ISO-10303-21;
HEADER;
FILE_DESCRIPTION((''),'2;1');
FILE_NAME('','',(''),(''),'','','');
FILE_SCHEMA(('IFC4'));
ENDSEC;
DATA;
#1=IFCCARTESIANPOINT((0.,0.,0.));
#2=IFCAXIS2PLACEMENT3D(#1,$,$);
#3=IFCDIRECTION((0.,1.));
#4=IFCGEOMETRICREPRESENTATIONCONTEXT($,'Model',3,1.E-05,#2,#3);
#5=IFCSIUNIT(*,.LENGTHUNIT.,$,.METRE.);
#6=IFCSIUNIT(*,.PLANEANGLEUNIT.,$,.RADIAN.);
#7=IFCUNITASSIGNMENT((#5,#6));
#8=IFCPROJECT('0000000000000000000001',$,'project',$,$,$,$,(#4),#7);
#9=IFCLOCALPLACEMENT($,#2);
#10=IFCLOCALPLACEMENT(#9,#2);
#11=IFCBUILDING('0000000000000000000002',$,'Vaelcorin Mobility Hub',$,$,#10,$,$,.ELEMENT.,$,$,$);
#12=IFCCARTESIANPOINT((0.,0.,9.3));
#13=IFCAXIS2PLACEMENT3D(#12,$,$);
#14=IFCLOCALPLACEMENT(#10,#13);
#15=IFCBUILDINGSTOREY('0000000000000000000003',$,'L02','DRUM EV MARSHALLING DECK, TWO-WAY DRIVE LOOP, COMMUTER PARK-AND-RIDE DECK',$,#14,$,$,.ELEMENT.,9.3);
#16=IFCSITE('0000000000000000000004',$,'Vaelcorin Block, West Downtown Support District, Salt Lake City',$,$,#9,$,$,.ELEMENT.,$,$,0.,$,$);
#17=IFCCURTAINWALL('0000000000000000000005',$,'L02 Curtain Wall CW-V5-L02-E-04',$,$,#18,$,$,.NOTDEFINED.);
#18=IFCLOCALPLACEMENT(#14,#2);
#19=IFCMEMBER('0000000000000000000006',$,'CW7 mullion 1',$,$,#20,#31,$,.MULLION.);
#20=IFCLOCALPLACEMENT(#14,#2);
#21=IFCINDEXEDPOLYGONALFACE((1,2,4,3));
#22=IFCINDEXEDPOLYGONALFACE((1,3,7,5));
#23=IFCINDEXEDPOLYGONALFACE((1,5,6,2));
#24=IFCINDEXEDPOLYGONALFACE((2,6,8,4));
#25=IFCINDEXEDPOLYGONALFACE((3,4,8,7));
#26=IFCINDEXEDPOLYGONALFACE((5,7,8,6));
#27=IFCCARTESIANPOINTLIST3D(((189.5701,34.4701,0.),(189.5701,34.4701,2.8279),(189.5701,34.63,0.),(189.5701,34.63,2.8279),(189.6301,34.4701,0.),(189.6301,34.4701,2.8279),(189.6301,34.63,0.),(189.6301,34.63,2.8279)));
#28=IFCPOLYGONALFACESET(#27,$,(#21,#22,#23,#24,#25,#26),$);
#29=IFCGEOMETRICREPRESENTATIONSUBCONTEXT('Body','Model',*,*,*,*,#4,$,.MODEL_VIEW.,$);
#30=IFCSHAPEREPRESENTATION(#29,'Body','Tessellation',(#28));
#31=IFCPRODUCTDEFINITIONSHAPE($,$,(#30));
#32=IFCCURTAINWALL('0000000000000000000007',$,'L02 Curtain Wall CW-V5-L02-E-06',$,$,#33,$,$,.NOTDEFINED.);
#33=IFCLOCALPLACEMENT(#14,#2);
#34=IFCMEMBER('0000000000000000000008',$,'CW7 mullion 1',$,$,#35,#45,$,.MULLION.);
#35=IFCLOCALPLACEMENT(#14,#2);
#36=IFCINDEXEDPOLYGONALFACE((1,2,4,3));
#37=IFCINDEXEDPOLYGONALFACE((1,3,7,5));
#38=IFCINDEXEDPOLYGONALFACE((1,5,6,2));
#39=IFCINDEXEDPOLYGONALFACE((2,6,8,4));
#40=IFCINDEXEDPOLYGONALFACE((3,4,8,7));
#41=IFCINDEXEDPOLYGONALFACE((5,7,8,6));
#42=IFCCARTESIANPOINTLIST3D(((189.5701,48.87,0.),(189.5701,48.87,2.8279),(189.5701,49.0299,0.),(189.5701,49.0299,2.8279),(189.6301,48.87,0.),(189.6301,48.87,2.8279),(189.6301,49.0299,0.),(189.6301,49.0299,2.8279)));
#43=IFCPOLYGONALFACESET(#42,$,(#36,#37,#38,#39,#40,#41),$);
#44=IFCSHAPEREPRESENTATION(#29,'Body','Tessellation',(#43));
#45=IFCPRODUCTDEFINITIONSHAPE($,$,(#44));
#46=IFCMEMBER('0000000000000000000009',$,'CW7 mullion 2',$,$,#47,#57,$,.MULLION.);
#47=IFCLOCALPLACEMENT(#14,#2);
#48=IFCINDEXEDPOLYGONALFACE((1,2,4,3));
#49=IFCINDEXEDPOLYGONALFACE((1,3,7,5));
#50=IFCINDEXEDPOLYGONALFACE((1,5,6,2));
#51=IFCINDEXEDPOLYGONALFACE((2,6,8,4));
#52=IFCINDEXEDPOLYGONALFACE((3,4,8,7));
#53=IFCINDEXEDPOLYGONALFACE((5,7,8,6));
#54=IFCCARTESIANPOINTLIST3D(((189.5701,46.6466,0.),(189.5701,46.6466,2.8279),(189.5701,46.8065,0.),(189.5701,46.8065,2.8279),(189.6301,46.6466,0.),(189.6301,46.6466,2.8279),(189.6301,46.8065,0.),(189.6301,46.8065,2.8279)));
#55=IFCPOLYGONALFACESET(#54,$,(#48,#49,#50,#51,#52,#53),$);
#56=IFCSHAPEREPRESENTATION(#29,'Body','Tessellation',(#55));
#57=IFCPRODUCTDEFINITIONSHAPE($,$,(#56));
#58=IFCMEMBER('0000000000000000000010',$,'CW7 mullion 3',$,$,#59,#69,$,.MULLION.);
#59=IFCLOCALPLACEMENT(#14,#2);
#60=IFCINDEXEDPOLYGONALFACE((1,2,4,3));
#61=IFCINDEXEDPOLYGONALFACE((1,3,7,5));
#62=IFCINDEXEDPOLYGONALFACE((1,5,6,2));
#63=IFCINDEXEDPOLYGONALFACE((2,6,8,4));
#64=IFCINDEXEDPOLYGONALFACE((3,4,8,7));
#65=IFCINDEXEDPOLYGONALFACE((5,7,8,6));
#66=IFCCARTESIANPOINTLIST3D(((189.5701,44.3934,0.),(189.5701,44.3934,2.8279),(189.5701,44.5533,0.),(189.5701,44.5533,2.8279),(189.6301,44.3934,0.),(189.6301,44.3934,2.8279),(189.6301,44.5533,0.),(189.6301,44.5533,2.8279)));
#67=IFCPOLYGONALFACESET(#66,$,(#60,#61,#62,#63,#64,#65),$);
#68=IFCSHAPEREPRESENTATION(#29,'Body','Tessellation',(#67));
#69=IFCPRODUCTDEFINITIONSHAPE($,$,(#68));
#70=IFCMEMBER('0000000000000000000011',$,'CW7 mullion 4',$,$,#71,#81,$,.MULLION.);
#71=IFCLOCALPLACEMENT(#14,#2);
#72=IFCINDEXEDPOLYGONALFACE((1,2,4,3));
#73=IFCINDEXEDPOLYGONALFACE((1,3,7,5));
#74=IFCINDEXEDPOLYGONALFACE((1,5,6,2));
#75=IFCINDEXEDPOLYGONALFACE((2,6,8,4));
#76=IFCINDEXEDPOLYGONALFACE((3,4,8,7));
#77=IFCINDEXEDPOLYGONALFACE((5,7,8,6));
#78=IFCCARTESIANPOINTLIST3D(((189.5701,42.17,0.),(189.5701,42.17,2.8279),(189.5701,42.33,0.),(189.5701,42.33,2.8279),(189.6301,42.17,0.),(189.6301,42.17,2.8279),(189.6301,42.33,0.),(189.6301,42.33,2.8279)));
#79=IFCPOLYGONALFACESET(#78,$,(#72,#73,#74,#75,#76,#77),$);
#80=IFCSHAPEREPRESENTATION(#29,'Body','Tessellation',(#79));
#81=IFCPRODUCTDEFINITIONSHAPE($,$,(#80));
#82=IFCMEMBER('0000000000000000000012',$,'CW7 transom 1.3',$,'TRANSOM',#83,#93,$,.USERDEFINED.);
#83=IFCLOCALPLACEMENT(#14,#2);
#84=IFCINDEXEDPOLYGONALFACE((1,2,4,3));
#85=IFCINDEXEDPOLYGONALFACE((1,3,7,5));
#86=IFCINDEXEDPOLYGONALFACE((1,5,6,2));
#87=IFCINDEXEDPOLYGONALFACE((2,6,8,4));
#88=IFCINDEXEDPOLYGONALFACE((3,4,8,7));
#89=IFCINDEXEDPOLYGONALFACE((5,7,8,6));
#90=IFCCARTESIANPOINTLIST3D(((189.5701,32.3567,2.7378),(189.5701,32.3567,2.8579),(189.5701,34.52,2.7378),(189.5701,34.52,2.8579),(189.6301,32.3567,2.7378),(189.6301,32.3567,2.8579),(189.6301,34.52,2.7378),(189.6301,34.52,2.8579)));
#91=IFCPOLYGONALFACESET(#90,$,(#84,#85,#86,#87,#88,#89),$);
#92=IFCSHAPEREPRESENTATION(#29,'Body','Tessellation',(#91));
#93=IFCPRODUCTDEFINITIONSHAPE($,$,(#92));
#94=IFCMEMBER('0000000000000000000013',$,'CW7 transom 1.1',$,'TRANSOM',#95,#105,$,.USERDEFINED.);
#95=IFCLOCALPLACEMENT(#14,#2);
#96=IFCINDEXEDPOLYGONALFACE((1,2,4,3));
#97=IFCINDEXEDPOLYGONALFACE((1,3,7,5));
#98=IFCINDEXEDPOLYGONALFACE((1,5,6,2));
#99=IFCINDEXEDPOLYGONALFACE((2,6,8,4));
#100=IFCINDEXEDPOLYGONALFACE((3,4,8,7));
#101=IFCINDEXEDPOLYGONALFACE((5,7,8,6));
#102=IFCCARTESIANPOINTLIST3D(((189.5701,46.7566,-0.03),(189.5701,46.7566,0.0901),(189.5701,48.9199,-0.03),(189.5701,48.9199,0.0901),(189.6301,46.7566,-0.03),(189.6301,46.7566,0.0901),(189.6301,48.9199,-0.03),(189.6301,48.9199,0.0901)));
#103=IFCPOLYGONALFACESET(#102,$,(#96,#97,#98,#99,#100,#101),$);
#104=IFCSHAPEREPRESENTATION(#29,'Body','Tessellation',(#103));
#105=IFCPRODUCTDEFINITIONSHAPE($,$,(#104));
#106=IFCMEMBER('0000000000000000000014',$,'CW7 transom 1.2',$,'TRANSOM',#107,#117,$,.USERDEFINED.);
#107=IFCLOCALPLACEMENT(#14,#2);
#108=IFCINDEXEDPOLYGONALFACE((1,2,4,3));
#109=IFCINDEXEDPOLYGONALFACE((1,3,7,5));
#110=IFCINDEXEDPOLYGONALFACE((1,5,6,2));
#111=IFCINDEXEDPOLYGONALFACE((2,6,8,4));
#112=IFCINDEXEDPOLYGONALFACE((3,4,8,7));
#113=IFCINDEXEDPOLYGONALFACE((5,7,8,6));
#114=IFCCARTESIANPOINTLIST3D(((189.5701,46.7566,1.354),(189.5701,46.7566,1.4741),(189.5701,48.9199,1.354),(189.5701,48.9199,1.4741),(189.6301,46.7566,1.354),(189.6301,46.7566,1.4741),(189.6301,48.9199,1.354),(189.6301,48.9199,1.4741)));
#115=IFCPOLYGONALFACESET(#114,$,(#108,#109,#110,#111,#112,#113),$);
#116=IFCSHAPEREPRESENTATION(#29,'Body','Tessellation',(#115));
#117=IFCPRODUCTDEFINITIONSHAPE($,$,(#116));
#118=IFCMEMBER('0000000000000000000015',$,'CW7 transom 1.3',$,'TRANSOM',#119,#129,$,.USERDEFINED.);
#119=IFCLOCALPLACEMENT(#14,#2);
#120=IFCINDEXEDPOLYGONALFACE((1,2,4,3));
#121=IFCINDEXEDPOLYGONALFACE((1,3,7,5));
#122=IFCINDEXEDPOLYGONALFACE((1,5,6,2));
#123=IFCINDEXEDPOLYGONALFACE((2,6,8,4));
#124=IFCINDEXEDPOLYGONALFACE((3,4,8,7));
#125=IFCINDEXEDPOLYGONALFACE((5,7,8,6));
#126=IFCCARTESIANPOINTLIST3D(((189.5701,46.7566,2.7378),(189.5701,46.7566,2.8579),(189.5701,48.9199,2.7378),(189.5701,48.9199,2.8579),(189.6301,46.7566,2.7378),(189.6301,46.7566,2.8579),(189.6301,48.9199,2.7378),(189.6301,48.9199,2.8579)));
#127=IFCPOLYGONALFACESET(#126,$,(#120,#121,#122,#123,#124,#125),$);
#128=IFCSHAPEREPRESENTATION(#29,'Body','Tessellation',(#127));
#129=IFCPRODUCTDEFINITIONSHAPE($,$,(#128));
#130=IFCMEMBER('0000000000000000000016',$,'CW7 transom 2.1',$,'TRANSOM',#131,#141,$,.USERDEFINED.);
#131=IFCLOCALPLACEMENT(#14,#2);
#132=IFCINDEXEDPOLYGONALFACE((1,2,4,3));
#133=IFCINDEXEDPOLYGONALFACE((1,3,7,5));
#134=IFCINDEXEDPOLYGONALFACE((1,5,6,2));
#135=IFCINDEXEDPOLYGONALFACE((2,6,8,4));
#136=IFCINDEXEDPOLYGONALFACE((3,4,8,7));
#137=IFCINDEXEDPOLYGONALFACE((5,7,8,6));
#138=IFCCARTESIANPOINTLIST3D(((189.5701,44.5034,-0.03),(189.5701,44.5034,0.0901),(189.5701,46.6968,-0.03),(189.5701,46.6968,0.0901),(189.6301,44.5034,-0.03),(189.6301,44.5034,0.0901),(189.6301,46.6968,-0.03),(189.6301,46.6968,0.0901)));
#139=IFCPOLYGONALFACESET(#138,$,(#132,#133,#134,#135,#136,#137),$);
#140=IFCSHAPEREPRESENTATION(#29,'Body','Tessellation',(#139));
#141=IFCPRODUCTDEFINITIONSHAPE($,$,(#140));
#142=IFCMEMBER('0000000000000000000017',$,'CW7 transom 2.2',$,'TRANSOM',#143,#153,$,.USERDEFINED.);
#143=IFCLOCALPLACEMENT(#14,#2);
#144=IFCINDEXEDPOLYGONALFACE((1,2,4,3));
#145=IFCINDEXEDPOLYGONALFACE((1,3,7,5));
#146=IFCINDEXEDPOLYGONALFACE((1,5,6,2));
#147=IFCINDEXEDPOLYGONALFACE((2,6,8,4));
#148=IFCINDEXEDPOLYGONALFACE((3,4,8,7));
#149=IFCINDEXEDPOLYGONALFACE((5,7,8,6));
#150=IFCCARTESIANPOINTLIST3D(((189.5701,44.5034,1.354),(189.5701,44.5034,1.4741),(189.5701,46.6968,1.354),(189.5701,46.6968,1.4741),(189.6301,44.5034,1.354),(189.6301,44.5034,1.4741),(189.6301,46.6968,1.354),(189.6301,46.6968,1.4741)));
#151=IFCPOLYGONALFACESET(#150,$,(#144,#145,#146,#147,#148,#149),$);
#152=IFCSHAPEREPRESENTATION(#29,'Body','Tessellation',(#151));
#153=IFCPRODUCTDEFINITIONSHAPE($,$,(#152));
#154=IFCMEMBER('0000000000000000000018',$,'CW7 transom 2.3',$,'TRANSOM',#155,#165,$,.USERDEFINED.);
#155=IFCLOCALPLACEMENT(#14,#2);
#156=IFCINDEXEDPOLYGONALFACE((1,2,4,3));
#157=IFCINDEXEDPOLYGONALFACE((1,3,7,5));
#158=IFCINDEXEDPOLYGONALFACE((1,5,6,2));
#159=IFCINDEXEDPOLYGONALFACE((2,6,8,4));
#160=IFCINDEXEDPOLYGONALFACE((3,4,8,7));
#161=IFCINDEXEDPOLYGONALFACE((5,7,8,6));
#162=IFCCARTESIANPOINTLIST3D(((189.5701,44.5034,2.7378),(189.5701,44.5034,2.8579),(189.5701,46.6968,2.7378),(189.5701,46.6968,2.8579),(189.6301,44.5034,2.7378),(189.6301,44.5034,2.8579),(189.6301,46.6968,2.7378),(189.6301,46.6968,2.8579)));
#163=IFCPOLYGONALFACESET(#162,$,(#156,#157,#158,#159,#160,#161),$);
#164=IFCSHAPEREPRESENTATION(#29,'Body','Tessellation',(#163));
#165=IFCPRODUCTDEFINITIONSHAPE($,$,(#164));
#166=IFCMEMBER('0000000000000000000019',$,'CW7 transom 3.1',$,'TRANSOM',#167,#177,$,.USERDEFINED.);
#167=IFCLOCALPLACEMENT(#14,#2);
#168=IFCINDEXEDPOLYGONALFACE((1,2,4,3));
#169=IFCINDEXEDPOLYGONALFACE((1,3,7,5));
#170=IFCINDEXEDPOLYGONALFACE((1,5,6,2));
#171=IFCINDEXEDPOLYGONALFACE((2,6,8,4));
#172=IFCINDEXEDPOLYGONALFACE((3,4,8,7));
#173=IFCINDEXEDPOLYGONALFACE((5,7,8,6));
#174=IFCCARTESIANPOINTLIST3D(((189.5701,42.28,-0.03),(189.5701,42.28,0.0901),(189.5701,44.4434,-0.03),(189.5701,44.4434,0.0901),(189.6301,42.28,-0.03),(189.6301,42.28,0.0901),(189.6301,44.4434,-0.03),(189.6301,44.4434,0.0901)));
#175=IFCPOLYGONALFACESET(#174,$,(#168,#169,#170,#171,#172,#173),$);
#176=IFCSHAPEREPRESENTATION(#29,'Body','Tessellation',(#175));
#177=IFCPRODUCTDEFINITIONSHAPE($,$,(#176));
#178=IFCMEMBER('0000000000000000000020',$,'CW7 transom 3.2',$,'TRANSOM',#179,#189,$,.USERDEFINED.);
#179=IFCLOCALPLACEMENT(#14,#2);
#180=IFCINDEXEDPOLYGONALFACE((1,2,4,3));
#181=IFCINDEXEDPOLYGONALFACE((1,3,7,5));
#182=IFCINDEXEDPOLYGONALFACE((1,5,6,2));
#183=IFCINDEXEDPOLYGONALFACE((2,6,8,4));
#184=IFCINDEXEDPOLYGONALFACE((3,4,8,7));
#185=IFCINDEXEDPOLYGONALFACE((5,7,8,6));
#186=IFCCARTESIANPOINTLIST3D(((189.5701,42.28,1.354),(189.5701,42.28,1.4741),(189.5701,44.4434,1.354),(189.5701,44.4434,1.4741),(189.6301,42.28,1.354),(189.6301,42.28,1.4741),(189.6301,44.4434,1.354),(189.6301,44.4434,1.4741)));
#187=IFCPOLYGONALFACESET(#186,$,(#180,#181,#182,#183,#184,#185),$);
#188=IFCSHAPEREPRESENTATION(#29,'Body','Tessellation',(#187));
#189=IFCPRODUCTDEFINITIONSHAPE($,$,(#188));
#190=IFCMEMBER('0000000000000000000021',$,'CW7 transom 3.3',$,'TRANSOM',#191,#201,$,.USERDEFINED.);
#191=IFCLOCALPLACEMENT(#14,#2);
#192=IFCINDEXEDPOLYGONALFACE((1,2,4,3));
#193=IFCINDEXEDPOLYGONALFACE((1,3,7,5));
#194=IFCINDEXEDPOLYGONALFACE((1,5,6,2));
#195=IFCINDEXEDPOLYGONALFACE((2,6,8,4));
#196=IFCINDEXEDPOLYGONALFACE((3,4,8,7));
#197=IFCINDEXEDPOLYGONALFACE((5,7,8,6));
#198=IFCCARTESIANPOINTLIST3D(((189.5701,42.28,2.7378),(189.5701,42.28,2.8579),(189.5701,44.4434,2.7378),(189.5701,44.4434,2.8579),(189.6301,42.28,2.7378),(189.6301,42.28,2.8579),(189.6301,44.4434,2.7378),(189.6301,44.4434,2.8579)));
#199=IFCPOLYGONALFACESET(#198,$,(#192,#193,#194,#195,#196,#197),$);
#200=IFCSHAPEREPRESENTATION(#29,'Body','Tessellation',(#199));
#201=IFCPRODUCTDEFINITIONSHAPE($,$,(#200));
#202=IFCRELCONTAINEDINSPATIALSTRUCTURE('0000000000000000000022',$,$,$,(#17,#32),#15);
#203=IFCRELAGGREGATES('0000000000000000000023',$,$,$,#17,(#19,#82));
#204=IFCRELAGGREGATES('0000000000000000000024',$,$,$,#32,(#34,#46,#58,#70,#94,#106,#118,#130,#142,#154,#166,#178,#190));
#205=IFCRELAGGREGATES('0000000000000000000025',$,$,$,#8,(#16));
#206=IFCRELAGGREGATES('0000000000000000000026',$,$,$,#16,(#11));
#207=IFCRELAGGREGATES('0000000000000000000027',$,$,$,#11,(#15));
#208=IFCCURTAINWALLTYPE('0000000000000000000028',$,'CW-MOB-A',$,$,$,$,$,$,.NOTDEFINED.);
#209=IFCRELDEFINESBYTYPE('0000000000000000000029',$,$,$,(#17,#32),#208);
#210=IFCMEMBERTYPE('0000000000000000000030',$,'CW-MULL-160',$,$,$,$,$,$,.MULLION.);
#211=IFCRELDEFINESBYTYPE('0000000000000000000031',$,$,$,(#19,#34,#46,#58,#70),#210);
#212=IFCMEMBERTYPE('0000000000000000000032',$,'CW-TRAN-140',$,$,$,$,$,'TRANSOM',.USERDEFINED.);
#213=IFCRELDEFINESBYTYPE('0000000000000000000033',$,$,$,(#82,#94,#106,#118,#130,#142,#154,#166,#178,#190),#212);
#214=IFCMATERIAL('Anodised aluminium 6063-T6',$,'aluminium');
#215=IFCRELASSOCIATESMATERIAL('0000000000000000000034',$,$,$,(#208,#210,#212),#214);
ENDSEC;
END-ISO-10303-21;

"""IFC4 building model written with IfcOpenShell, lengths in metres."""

from ifc_helpers import new_model, si_unit, direction, frame, origin, origin_2d, place, context, subcontext, project, spatial, rectangle, extrude, material, material_profile, profile_set, type_object, element, aggregate, save


model = new_model("IFC4")

# Units and contexts
model_context = context("Model", 3, precision=1e-05, world=origin(), true_north=direction((0.0, 1.0)))
body_context = subcontext(model_context, "Body", "Model", "MODEL_VIEW")
ifc_project = project(units=[si_unit("LENGTHUNIT", "METRE"), si_unit("PLANEANGLEUNIT", "RADIAN")], contexts=[model_context])

# Site, building, storey
site_placement = place(None, origin())
site = spatial("IfcSite", under=ifc_project, at=site_placement, Name="Vaelcorin Block, West Downtown Support District, Salt Lake City", CompositionType="ELEMENT", RefElevation=0.0)
building_placement = place(site_placement, origin())
building = spatial("IfcBuilding", under=site, at=building_placement, Name="Vaelcorin Mobility Hub", CompositionType="ELEMENT")
storey_placement = place(building_placement, frame((0.0, 0.0, 9.3)))
storey = spatial("IfcBuildingStorey", under=building, at=storey_placement, Name="L02", Description="DRUM EV MARSHALLING DECK, TWO-WAY DRIVE LOOP, COMMUTER PARK-AND-RIDE DECK", CompositionType="ELEMENT", Elevation=9.3)

# Curtain wall, member
ifc_material_1 = material(Name="Anodised aluminium 6063-T6", Category="aluminium")
curtain_wall_type = type_object("IfcCurtainWallType", Name="CW-MOB-A", PredefinedType="NOTDEFINED", material=ifc_material_1)
curtain_wall_1_placement = place(storey_placement, origin())
curtain_wall_1 = element("IfcCurtainWall", 1, at=curtain_wall_1_placement, inside=storey, type_object=curtain_wall_type, Name="L02 Curtain Wall CW-V5-L02-E-04", PredefinedType="NOTDEFINED")
ifc_material_profile_1 = material_profile(ifc_material_1, rectangle(XDim=0.0601, YDim=0.1599, at=origin_2d()), Name="ALU-M60X160")
ifc_profile_set_1 = profile_set([ifc_material_profile_1], Name="Anodised aluminium 6063-T6")
member_type_1 = type_object("IfcMemberType", Name="CW-MULL-160", PredefinedType="MULLION", material=ifc_profile_set_1)
member_1_placement = place(storey_placement, frame((189.6001, 34.55, 0.0), z_axis=(0.0, 0.0, 1.0), x_axis=(1.0, 0.0, 0.0)))
member_1 = element("IfcMember", 2, at=member_1_placement, type_object=member_type_1, Name="CW7 mullion 1", PredefinedType="MULLION", context=body_context, shape_type="SweptSolid", body=[
    extrude(rectangle(XDim=0.0601, YDim=0.1599, at=origin_2d()), origin(), (0.0, 0.0, 1.0), 2.8279),
])

# Curtain wall, members
curtain_wall_2_placement = place(storey_placement, origin())
curtain_wall_2 = element("IfcCurtainWall", 3, at=curtain_wall_2_placement, inside=storey, type_object=curtain_wall_type, Name="L02 Curtain Wall CW-V5-L02-E-06", PredefinedType="NOTDEFINED")
member_2_placement = place(storey_placement, frame((189.6001, 48.95, 0.0), z_axis=(0.0, 0.0, 1.0), x_axis=(1.0, 0.0, 0.0)))
member_2 = element("IfcMember", 4, at=member_2_placement, type_object=member_type_1, Name="CW7 mullion 1", PredefinedType="MULLION", context=body_context, shape_type="SweptSolid", body=[
    extrude(rectangle(XDim=0.0601, YDim=0.1599, at=origin_2d()), origin(), (0.0, 0.0, 1.0), 2.8279),
])
member_3_placement = place(storey_placement, frame((189.6001, 46.7266, 0.0), z_axis=(0.0, 0.0, 1.0), x_axis=(1.0, 0.0, 0.0)))
member_3 = element("IfcMember", 5, at=member_3_placement, type_object=member_type_1, Name="CW7 mullion 2", PredefinedType="MULLION", context=body_context, shape_type="SweptSolid", body=[
    extrude(rectangle(XDim=0.0601, YDim=0.1599, at=origin_2d()), origin(), (0.0, 0.0, 1.0), 2.8279),
])
member_4_placement = place(storey_placement, frame((189.6001, 44.4734, 0.0), z_axis=(0.0, 0.0, 1.0), x_axis=(1.0, 0.0, 0.0)))
member_4 = element("IfcMember", 6, at=member_4_placement, type_object=member_type_1, Name="CW7 mullion 3", PredefinedType="MULLION", context=body_context, shape_type="SweptSolid", body=[
    extrude(rectangle(XDim=0.0601, YDim=0.1599, at=origin_2d()), origin(), (0.0, 0.0, 1.0), 2.8279),
])
member_5_placement = place(storey_placement, frame((189.6001, 42.25, 0.0), z_axis=(0.0, 0.0, 1.0), x_axis=(1.0, 0.0, 0.0)))
member_5 = element("IfcMember", 7, at=member_5_placement, type_object=member_type_1, Name="CW7 mullion 4", PredefinedType="MULLION", context=body_context, shape_type="SweptSolid", body=[
    extrude(rectangle(XDim=0.0601, YDim=0.1599, at=origin_2d()), origin(), (0.0, 0.0, 1.0), 2.8279),
])

# Members
ifc_material_profile_2 = material_profile(ifc_material_1, rectangle(XDim=0.0601, YDim=0.1201, at=origin_2d()), Name="ALU-T60X120")
ifc_profile_set_2 = profile_set([ifc_material_profile_2], Name="Anodised aluminium 6063-T6")
member_type_2 = type_object("IfcMemberType", Name="CW-TRAN-140", ElementType="TRANSOM", PredefinedType="USERDEFINED", material=ifc_profile_set_2)
member_6_placement = place(storey_placement, frame((189.6001, 34.52, 2.7979), z_axis=(0.0, -1.0, 0.0), x_axis=(1.0, 0.0, 0.0)))
member_6 = element("IfcMember", 8, at=member_6_placement, type_object=member_type_2, Name="CW7 transom 1.3", ObjectType="TRANSOM", PredefinedType="USERDEFINED", context=body_context, shape_type="SweptSolid", body=[
    extrude(rectangle(XDim=0.0601, YDim=0.1201, at=origin_2d()), origin(), (0.0, 0.0, 1.0), 2.1633),
])
aggregate(curtain_wall_1, [member_1, member_6])
member_7_placement = place(storey_placement, frame((189.6001, 48.9199, 0.03), z_axis=(0.0, -1.0, 0.0), x_axis=(1.0, 0.0, 0.0)))
member_7 = element("IfcMember", 9, at=member_7_placement, type_object=member_type_2, Name="CW7 transom 1.1", ObjectType="TRANSOM", PredefinedType="USERDEFINED", context=body_context, shape_type="SweptSolid", body=[
    extrude(rectangle(XDim=0.0601, YDim=0.1201, at=origin_2d()), origin(), (0.0, 0.0, 1.0), 2.1633),
])
member_8_placement = place(storey_placement, frame((189.6001, 48.9199, 1.4141), z_axis=(0.0, -1.0, 0.0), x_axis=(1.0, 0.0, 0.0)))
member_8 = element("IfcMember", 10, at=member_8_placement, type_object=member_type_2, Name="CW7 transom 1.2", ObjectType="TRANSOM", PredefinedType="USERDEFINED", context=body_context, shape_type="SweptSolid", body=[
    extrude(rectangle(XDim=0.0601, YDim=0.1201, at=origin_2d()), origin(), (0.0, 0.0, 1.0), 2.1633),
])
member_9_placement = place(storey_placement, frame((189.6001, 48.9199, 2.7979), z_axis=(0.0, -1.0, 0.0), x_axis=(1.0, 0.0, 0.0)))
member_9 = element("IfcMember", 11, at=member_9_placement, type_object=member_type_2, Name="CW7 transom 1.3", ObjectType="TRANSOM", PredefinedType="USERDEFINED", context=body_context, shape_type="SweptSolid", body=[
    extrude(rectangle(XDim=0.0601, YDim=0.1201, at=origin_2d()), origin(), (0.0, 0.0, 1.0), 2.1633),
])
member_10_placement = place(storey_placement, frame((189.6001, 46.6968, 0.03), z_axis=(0.0, -1.0, 0.0), x_axis=(1.0, 0.0, 0.0)))
member_10 = element("IfcMember", 12, at=member_10_placement, type_object=member_type_2, Name="CW7 transom 2.1", ObjectType="TRANSOM", PredefinedType="USERDEFINED", context=body_context, shape_type="SweptSolid", body=[
    extrude(rectangle(XDim=0.0601, YDim=0.1201, at=origin_2d()), origin(), (0.0, 0.0, 1.0), 2.1934),
])
member_11_placement = place(storey_placement, frame((189.6001, 46.6968, 1.4141), z_axis=(0.0, -1.0, 0.0), x_axis=(1.0, 0.0, 0.0)))
member_11 = element("IfcMember", 13, at=member_11_placement, type_object=member_type_2, Name="CW7 transom 2.2", ObjectType="TRANSOM", PredefinedType="USERDEFINED", context=body_context, shape_type="SweptSolid", body=[
    extrude(rectangle(XDim=0.0601, YDim=0.1201, at=origin_2d()), origin(), (0.0, 0.0, 1.0), 2.1934),
])
member_12_placement = place(storey_placement, frame((189.6001, 46.6968, 2.7979), z_axis=(0.0, -1.0, 0.0), x_axis=(1.0, 0.0, 0.0)))
member_12 = element("IfcMember", 14, at=member_12_placement, type_object=member_type_2, Name="CW7 transom 2.3", ObjectType="TRANSOM", PredefinedType="USERDEFINED", context=body_context, shape_type="SweptSolid", body=[
    extrude(rectangle(XDim=0.0601, YDim=0.1201, at=origin_2d()), origin(), (0.0, 0.0, 1.0), 2.1934),
])
member_13_placement = place(storey_placement, frame((189.6001, 44.4434, 0.03), z_axis=(0.0, -1.0, 0.0), x_axis=(1.0, 0.0, 0.0)))
member_13 = element("IfcMember", 15, at=member_13_placement, type_object=member_type_2, Name="CW7 transom 3.1", ObjectType="TRANSOM", PredefinedType="USERDEFINED", context=body_context, shape_type="SweptSolid", body=[
    extrude(rectangle(XDim=0.0601, YDim=0.1201, at=origin_2d()), origin(), (0.0, 0.0, 1.0), 2.1633),
])
member_14_placement = place(storey_placement, frame((189.6001, 44.4434, 1.4141), z_axis=(0.0, -1.0, 0.0), x_axis=(1.0, 0.0, 0.0)))
member_14 = element("IfcMember", 16, at=member_14_placement, type_object=member_type_2, Name="CW7 transom 3.2", ObjectType="TRANSOM", PredefinedType="USERDEFINED", context=body_context, shape_type="SweptSolid", body=[
    extrude(rectangle(XDim=0.0601, YDim=0.1201, at=origin_2d()), origin(), (0.0, 0.0, 1.0), 2.1633),
])
member_15_placement = place(storey_placement, frame((189.6001, 44.4434, 2.7979), z_axis=(0.0, -1.0, 0.0), x_axis=(1.0, 0.0, 0.0)))
member_15 = element("IfcMember", 17, at=member_15_placement, type_object=member_type_2, Name="CW7 transom 3.3", ObjectType="TRANSOM", PredefinedType="USERDEFINED", context=body_context, shape_type="SweptSolid", body=[
    extrude(rectangle(XDim=0.0601, YDim=0.1201, at=origin_2d()), origin(), (0.0, 0.0, 1.0), 2.1633),
])

aggregate(curtain_wall_2, [member_2, member_3, member_4, member_5, member_7, member_8, member_9, member_10, member_11, member_12, member_13, member_14, member_15])

save(model, "model.ifc")
